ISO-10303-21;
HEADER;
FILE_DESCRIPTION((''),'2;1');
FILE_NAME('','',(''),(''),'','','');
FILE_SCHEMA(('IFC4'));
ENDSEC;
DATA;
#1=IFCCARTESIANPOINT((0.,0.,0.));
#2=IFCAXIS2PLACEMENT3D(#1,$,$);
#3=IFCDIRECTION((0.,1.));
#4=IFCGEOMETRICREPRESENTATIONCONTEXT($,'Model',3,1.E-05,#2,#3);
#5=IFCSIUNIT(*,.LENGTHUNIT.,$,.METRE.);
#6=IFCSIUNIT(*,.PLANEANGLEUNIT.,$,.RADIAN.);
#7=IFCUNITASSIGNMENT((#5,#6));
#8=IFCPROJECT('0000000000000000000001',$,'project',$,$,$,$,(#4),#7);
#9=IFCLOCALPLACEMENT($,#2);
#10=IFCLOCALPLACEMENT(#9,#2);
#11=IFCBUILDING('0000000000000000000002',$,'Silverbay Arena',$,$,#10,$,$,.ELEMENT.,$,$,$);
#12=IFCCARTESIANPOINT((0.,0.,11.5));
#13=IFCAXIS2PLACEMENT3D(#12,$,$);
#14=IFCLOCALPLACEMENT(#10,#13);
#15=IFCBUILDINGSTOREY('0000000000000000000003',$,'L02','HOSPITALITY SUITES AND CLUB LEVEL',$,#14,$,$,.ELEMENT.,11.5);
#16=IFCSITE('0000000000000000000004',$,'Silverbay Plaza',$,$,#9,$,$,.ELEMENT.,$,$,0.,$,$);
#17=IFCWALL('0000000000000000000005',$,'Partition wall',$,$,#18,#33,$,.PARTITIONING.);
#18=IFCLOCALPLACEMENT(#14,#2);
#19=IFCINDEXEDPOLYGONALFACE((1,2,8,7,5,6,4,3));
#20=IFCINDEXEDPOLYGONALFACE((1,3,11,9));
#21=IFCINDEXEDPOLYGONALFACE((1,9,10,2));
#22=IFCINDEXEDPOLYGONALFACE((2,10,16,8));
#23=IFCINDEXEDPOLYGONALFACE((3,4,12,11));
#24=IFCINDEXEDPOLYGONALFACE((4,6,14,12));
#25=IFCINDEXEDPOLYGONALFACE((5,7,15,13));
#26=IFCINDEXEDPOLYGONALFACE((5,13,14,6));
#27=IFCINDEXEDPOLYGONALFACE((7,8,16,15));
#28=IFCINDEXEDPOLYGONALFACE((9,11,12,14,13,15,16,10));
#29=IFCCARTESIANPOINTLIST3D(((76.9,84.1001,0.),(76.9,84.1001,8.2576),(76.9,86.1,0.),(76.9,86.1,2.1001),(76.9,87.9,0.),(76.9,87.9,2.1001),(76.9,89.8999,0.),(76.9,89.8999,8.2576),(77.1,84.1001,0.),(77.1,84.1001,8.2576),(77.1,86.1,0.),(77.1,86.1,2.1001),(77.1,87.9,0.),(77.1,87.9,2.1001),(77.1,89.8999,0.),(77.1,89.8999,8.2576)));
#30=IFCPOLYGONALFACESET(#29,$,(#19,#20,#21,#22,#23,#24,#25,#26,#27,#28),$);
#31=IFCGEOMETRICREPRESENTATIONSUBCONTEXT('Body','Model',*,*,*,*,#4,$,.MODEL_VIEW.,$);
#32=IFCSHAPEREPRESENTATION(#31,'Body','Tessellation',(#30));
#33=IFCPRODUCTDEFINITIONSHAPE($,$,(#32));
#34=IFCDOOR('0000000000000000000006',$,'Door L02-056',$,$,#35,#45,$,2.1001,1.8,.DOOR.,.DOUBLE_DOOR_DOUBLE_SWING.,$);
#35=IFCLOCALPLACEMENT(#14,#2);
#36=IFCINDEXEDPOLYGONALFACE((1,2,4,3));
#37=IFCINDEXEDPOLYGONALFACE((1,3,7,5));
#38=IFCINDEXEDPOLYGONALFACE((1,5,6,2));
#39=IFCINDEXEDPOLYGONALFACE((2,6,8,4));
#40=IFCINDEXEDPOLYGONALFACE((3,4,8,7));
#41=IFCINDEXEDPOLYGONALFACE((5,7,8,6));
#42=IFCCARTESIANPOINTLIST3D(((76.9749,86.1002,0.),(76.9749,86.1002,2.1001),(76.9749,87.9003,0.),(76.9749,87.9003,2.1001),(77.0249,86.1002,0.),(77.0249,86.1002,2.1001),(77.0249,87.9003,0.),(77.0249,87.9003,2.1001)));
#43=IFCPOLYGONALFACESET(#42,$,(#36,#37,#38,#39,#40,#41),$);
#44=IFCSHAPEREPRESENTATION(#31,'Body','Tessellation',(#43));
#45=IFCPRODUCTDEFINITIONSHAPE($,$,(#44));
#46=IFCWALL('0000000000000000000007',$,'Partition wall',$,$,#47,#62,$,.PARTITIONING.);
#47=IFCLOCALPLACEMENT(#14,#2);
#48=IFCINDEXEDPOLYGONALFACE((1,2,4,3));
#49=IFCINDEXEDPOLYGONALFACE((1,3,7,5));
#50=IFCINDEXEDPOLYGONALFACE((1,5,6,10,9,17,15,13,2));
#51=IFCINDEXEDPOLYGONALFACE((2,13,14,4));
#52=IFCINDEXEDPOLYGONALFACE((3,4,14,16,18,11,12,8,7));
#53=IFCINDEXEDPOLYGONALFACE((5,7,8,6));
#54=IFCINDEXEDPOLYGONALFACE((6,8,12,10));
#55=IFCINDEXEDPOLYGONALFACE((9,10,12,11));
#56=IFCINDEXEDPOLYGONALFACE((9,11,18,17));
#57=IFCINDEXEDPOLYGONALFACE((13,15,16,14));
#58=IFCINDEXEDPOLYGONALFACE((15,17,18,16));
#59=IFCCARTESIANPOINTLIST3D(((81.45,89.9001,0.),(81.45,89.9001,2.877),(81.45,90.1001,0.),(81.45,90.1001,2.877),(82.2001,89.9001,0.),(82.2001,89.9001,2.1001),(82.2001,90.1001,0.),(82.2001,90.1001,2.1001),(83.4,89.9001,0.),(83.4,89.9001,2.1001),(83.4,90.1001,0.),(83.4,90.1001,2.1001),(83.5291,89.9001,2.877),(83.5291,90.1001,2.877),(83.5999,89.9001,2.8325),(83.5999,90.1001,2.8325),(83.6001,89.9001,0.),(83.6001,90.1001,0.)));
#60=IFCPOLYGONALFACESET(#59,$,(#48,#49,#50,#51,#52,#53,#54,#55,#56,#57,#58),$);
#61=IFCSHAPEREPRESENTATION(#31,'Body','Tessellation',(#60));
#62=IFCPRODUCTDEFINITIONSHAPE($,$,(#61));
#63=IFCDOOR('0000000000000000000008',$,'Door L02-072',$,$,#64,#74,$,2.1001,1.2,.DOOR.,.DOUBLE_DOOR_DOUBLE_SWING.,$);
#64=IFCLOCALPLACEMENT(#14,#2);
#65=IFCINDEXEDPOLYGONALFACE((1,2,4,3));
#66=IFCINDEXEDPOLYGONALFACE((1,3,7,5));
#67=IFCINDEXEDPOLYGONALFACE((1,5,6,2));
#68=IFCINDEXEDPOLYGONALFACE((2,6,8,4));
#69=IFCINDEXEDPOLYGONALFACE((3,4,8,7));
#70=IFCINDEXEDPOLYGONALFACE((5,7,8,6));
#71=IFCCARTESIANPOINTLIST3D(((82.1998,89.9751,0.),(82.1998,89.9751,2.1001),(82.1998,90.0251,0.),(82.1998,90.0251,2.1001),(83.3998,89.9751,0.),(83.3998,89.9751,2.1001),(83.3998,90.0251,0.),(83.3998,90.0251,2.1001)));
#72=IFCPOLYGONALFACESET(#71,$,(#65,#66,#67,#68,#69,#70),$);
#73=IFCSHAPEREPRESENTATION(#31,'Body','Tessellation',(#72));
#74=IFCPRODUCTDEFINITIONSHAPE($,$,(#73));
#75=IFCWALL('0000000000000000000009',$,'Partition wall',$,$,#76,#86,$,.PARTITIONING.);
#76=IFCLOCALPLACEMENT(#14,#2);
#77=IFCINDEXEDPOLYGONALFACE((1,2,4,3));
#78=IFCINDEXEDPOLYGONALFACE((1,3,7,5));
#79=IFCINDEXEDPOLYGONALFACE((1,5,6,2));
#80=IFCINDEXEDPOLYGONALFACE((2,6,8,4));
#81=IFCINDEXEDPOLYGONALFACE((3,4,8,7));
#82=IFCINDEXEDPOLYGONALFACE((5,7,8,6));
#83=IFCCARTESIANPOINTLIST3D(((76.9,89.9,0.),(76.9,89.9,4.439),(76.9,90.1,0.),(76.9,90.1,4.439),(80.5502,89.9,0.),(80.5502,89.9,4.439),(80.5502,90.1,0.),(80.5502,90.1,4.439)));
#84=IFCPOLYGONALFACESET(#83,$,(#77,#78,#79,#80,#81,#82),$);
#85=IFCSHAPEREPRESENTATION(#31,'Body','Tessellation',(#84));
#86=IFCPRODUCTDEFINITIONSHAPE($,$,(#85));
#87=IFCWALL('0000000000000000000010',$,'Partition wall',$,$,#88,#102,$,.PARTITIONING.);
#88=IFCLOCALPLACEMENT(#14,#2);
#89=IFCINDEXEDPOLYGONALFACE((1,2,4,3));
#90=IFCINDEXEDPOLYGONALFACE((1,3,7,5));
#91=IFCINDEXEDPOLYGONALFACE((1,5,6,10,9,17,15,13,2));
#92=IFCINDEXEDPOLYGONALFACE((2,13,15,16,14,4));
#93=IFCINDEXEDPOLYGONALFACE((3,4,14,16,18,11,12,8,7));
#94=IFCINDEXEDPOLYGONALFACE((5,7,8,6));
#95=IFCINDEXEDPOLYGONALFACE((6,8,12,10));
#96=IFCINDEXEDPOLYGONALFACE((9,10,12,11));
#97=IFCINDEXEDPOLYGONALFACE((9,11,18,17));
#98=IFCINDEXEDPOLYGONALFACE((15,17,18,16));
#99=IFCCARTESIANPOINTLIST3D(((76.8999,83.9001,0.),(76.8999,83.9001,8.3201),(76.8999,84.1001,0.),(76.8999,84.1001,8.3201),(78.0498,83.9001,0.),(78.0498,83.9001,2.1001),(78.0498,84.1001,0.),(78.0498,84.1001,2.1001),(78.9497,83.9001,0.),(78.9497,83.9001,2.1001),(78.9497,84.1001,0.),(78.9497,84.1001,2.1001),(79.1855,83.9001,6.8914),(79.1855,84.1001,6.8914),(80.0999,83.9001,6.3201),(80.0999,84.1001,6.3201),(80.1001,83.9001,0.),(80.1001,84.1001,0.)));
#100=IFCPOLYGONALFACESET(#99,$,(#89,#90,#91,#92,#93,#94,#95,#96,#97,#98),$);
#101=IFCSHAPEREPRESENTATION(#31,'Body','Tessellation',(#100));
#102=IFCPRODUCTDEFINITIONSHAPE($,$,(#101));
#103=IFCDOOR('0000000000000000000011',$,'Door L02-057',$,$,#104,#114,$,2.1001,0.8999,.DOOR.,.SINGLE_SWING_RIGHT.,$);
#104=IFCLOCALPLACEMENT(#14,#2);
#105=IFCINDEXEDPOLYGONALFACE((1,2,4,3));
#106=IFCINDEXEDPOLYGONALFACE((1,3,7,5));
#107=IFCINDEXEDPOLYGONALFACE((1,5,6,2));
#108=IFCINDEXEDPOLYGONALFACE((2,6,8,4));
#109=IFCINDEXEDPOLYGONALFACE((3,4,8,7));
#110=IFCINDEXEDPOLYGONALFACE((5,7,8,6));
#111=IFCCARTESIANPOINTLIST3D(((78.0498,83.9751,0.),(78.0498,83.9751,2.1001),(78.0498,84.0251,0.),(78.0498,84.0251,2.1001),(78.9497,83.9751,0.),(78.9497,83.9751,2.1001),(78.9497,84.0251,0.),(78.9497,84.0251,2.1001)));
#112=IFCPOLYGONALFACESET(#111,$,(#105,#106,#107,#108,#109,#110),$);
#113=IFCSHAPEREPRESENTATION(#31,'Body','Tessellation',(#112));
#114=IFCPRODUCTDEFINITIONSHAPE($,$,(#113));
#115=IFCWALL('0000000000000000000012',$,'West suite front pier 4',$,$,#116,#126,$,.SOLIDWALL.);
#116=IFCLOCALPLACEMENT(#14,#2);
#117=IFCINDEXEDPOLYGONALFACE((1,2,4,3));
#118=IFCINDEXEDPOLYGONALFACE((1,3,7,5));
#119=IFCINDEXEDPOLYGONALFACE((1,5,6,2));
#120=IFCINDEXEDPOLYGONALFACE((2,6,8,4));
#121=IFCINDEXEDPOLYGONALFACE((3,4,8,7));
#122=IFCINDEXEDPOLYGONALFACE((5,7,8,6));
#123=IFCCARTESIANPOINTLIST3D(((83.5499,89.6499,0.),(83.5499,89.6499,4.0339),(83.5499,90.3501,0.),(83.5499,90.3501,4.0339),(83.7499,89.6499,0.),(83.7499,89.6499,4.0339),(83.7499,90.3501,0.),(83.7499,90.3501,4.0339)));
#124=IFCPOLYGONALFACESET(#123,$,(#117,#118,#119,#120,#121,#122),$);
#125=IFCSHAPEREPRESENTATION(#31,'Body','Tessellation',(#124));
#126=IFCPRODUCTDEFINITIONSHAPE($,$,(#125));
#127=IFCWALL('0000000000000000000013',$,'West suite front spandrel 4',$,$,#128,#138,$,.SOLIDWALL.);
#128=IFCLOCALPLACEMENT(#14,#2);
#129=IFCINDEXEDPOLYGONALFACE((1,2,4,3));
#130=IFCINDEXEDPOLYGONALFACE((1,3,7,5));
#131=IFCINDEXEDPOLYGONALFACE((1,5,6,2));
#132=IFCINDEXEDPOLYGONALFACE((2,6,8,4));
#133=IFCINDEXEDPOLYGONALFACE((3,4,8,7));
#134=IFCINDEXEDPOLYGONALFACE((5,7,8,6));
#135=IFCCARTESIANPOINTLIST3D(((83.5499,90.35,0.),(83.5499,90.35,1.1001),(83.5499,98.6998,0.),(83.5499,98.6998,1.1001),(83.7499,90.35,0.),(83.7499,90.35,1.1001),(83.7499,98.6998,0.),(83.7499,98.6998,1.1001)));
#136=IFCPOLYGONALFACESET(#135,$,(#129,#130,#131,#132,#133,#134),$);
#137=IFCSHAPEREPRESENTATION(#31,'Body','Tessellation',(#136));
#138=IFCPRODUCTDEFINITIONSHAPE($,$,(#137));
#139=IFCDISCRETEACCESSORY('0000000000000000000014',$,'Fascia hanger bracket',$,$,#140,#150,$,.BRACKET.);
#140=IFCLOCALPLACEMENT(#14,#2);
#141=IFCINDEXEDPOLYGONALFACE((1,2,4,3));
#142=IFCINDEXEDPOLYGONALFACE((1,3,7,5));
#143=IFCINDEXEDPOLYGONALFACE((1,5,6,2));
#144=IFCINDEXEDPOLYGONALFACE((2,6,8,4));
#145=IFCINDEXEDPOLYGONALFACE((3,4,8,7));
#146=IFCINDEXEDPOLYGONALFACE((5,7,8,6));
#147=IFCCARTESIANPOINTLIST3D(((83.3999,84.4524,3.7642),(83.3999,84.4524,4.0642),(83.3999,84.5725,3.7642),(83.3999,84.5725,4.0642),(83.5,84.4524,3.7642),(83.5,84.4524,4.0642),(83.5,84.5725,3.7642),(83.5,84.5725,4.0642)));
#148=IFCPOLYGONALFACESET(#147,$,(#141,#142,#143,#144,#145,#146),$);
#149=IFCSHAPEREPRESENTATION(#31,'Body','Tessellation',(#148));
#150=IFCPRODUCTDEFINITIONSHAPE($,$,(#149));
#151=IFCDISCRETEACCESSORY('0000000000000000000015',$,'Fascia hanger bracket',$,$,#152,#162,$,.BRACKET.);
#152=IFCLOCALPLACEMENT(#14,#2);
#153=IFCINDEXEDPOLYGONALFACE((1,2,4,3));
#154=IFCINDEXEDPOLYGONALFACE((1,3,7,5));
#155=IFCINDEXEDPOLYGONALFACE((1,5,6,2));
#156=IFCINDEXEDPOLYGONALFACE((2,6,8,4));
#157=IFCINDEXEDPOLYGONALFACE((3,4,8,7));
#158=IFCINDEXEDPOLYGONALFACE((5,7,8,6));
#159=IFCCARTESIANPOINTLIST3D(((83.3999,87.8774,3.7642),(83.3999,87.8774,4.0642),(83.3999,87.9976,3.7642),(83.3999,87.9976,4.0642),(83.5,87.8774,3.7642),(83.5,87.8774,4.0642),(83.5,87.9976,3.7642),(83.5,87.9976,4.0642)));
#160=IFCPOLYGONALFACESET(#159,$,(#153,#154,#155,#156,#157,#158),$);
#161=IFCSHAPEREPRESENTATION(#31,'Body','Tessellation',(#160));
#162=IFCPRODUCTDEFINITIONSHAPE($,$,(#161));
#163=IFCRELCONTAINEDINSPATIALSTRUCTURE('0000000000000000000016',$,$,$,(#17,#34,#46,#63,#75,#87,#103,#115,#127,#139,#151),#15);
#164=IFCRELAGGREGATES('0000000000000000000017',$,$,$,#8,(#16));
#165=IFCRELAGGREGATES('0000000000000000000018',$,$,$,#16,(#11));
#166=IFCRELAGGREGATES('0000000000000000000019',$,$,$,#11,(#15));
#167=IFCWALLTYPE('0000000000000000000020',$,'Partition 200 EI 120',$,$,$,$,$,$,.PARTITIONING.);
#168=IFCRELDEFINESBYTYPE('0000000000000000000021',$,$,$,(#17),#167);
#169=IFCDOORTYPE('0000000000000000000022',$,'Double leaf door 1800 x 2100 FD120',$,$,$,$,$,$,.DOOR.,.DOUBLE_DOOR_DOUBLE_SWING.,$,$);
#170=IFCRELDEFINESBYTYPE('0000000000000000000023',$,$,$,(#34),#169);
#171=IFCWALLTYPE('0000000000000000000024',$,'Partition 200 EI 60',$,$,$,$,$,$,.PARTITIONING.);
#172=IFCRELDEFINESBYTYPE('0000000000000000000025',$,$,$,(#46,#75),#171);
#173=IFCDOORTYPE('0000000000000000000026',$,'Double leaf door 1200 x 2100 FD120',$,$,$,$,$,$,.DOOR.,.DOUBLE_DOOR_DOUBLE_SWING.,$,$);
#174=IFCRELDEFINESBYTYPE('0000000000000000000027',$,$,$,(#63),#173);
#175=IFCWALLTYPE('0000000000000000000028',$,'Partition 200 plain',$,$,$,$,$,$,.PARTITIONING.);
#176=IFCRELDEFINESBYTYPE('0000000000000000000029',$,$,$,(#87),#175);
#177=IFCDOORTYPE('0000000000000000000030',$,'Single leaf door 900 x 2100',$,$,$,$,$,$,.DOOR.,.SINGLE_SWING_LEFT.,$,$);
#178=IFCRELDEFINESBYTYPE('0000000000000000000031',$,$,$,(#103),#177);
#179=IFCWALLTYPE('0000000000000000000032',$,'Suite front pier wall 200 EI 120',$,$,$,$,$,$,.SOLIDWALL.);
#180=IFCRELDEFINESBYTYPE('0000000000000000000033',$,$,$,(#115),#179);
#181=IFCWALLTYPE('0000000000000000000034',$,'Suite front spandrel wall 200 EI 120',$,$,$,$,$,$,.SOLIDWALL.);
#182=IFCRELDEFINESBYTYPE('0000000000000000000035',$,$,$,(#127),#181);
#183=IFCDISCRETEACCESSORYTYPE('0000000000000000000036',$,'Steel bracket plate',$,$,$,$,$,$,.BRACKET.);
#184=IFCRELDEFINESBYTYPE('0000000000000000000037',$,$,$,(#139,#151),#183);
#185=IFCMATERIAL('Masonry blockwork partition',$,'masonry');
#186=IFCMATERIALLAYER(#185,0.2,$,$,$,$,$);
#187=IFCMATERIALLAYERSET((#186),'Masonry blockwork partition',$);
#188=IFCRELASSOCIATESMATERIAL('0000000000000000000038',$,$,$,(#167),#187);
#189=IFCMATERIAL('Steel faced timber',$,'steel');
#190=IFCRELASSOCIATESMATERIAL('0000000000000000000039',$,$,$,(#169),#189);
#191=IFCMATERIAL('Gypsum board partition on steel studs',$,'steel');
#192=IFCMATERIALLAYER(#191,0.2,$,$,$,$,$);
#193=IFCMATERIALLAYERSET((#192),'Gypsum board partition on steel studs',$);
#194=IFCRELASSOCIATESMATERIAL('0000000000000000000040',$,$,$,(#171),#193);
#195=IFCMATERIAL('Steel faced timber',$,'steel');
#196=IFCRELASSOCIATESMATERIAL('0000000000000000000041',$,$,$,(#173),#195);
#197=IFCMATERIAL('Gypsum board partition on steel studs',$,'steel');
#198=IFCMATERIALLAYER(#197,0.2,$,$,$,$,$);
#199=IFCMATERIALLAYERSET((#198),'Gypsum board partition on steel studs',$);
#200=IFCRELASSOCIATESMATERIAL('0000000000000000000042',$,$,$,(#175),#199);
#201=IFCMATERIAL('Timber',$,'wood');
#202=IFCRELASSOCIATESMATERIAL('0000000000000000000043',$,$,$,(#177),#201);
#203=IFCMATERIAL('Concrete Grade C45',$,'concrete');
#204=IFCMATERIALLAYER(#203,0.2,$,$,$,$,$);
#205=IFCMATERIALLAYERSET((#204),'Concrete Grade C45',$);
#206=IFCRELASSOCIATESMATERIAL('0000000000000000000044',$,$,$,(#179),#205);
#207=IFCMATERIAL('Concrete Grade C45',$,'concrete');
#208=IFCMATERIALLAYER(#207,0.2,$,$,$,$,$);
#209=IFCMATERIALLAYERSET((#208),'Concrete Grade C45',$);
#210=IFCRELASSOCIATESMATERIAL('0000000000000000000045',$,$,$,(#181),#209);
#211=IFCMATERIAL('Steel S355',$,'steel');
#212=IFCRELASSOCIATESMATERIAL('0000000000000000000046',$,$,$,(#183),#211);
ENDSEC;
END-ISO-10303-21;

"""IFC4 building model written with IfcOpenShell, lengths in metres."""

from ifc_helpers import new_model, si_unit, direction, frame, frame_2d, origin, origin_2d, place, context, subcontext, project, spatial, polyline, rectangle, outline, extrude, material, layer, layer_set, type_object, element, fill, save


model = new_model("IFC4")

# Units and contexts
model_context = context("Model", 3, precision=1e-05, world=origin(), true_north=direction((0.0, 1.0)))
body_context = subcontext(model_context, "Body", "Model", "MODEL_VIEW")
ifc_project = project(units=[si_unit("LENGTHUNIT", "METRE"), si_unit("PLANEANGLEUNIT", "RADIAN")], contexts=[model_context])

# Site, building, storey
site_placement = place(None, origin())
site = spatial("IfcSite", under=ifc_project, at=site_placement, Name="Silverbay Plaza", CompositionType="ELEMENT", RefElevation=0.0)
building_placement = place(site_placement, origin())
building = spatial("IfcBuilding", under=site, at=building_placement, Name="Silverbay Arena", CompositionType="ELEMENT")
storey_placement = place(building_placement, frame((0.0, 0.0, 11.5)))
storey = spatial("IfcBuildingStorey", under=building, at=storey_placement, Name="L02", Description="HOSPITALITY SUITES AND CLUB LEVEL", CompositionType="ELEMENT", Elevation=11.5)

# Walls, openings, doors
ifc_material_1 = material(Name="Masonry blockwork partition", Category="masonry")
ifc_layer_1 = layer(ifc_material_1, 0.2)
ifc_layer_set_1 = layer_set([ifc_layer_1], Name="Masonry blockwork partition")
wall_type_1 = type_object("IfcWallType", Name="Partition 200 EI 120", PredefinedType="PARTITIONING", material=ifc_layer_set_1)
wall_1_placement = place(storey_placement, frame((77.0, 84.1001, 0.0), z_axis=(0.0, 0.0, 1.0), x_axis=(0.0, 1.0, 0.0)))
wall_1 = element("IfcWall", 1, at=wall_1_placement, inside=storey, type_object=wall_type_1, Name="Partition wall", PredefinedType="PARTITIONING", context=body_context, shape_type="SweptSolid", body=[
    extrude(rectangle(XDim=5.7998, YDim=0.2, at=frame_2d((2.8999, 0.0))), origin(), (0.0, 0.0, 1.0), 8.2576),
])
opening_1_placement = place(wall_1_placement, frame((2.0, 0.0, 0.0)))
opening_1 = element("IfcOpeningElement", 2, at=opening_1_placement, cuts=wall_1, PredefinedType="OPENING", context=body_context, shape_type="SweptSolid", body=[
    extrude(rectangle(XDim=1.8, YDim=2.1001, at=frame_2d((0.8999, 1.05))), frame((0.0, 0.1099, 0.0), z_axis=(0.0, -1.0, 0.0), x_axis=(1.0, 0.0, 0.0)), (0.0, 0.0, 1.0), 0.22),
])
ifc_material_2 = material(Name="Steel faced timber", Category="steel")
door_type_1 = type_object("IfcDoorType", Name="Double leaf door 1800 x 2100 FD120", OperationType="DOUBLE_DOOR_DOUBLE_SWING", PredefinedType="DOOR", material=ifc_material_2)
door_1_placement = place(opening_1_placement, frame((1.8, 0.0, 0.0), z_axis=(0.0, 0.0, 1.0), x_axis=(-1.0, 0.0, 0.0)))
door_1 = element("IfcDoor", 3, at=door_1_placement, inside=storey, type_object=door_type_1, Name="Door L02-056", OperationType="DOUBLE_DOOR_DOUBLE_SWING", OverallHeight=2.1001, OverallWidth=1.8, PredefinedType="DOOR", context=body_context, shape_type="SweptSolid", body=[
    extrude(rectangle(XDim=1.8, YDim=2.1001, at=frame_2d((0.8999, 1.05))), frame((0.0, 0.0249, 0.0), z_axis=(0.0, -1.0, 0.0), x_axis=(1.0, 0.0, 0.0)), (0.0, 0.0, 1.0), 0.05),
])
fill(opening_1, door_1)
ifc_material_3 = material(Name="Gypsum board partition on steel studs", Category="steel")
ifc_layer_2 = layer(ifc_material_3, 0.2)
ifc_layer_set_2 = layer_set([ifc_layer_2], Name="Gypsum board partition on steel studs")
wall_type_2 = type_object("IfcWallType", Name="Partition 200 EI 60", PredefinedType="PARTITIONING", material=ifc_layer_set_2)
wall_2_placement = place(storey_placement, frame((81.45, 90.0, 0.0), z_axis=(0.0, 0.0, 1.0), x_axis=(1.0, 0.0, 0.0)))
wall_2 = element("IfcWall", 4, at=wall_2_placement, inside=storey, type_object=wall_type_2, Name="Partition wall", PredefinedType="PARTITIONING", context=body_context, shape_type="SweptSolid", body=[
    extrude(outline(polyline([(0.0, 0.0), (2.1501, 0.0), (2.1499, 2.8325), (2.0791, 2.877), (0.0, 2.877), (0.0, 0.0)])), frame((0.0, 0.1001, 0.0), z_axis=(0.0, -1.0, 0.0), x_axis=(1.0, 0.0, 0.0)), (0.0, 0.0, 1.0), 0.2),
])
opening_2_placement = place(wall_2_placement, frame((0.75, 0.0, 0.0)))
opening_2 = element("IfcOpeningElement", 5, at=opening_2_placement, cuts=wall_2, PredefinedType="OPENING", context=body_context, shape_type="SweptSolid", body=[
    extrude(rectangle(XDim=1.2, YDim=2.1001, at=frame_2d((0.6001, 1.05))), frame((0.0, 0.1099, 0.0), z_axis=(0.0, -1.0, 0.0), x_axis=(1.0, 0.0, 0.0)), (0.0, 0.0, 1.0), 0.22),
])
ifc_material_4 = material(Name="Steel faced timber", Category="steel")
door_type_2 = type_object("IfcDoorType", Name="Double leaf door 1200 x 2100 FD120", OperationType="DOUBLE_DOOR_DOUBLE_SWING", PredefinedType="DOOR", material=ifc_material_4)
door_2_placement = place(opening_2_placement, frame((1.2, 0.0, 0.0), z_axis=(0.0, 0.0, 1.0), x_axis=(-1.0, 0.0, 0.0)))
door_2 = element("IfcDoor", 6, at=door_2_placement, inside=storey, type_object=door_type_2, Name="Door L02-072", OperationType="DOUBLE_DOOR_DOUBLE_SWING", OverallHeight=2.1001, OverallWidth=1.2, PredefinedType="DOOR", context=body_context, shape_type="SweptSolid", body=[
    extrude(rectangle(XDim=1.2, YDim=2.1001, at=frame_2d((0.6001, 1.05))), frame((0.0, 0.0249, 0.0), z_axis=(0.0, -1.0, 0.0), x_axis=(1.0, 0.0, 0.0)), (0.0, 0.0, 1.0), 0.05),
])
fill(opening_2, door_2)

# Wall
wall_3_placement = place(storey_placement, frame((76.8999, 90.0, 0.0), z_axis=(0.0, 0.0, 1.0), x_axis=(1.0, 0.0, 0.0)))
element("IfcWall", 7, at=wall_3_placement, inside=storey, type_object=wall_type_2, Name="Partition wall", PredefinedType="PARTITIONING", context=body_context, shape_type="SweptSolid", body=[
    extrude(rectangle(XDim=3.6501, YDim=0.2, at=frame_2d((1.8252, 0.0))), origin(), (0.0, 0.0, 1.0), 4.439),
])

# Wall, opening, door
ifc_material_5 = material(Name="Gypsum board partition on steel studs", Category="steel")
ifc_layer_3 = layer(ifc_material_5, 0.2)
ifc_layer_set_3 = layer_set([ifc_layer_3], Name="Gypsum board partition on steel studs")
wall_type_3 = type_object("IfcWallType", Name="Partition 200 plain", PredefinedType="PARTITIONING", material=ifc_layer_set_3)
wall_4_placement = place(storey_placement, frame((76.8999, 84.0, 0.0), z_axis=(0.0, 0.0, 1.0), x_axis=(1.0, 0.0, 0.0)))
wall_4 = element("IfcWall", 8, at=wall_4_placement, inside=storey, type_object=wall_type_3, Name="Partition wall", PredefinedType="PARTITIONING", context=body_context, shape_type="SweptSolid", body=[
    extrude(outline(polyline([(0.0, 0.0), (3.2002, 0.0), (3.2, 6.3201), (2.2856, 6.8914), (0.0, 8.3201), (0.0, 0.0)])), frame((0.0, 0.1001, 0.0), z_axis=(0.0, -1.0, 0.0), x_axis=(1.0, 0.0, 0.0)), (0.0, 0.0, 1.0), 0.2),
])
opening_3_placement = place(wall_4_placement, frame((1.1499, 0.0, 0.0)))
opening_3 = element("IfcOpeningElement", 9, at=opening_3_placement, cuts=wall_4, PredefinedType="OPENING", context=body_context, shape_type="SweptSolid", body=[
    extrude(rectangle(XDim=0.8999, YDim=2.1001, at=frame_2d((0.45, 1.05))), frame((0.0, 0.1099, 0.0), z_axis=(0.0, -1.0, 0.0), x_axis=(1.0, 0.0, 0.0)), (0.0, 0.0, 1.0), 0.22),
])
ifc_material_6 = material(Name="Timber", Category="wood")
door_type_3 = type_object("IfcDoorType", Name="Single leaf door 900 x 2100", OperationType="SINGLE_SWING_LEFT", PredefinedType="DOOR", material=ifc_material_6)
door_3_placement = place(opening_3_placement, frame((0.8999, 0.0, 0.0), z_axis=(0.0, 0.0, 1.0), x_axis=(-1.0, 0.0, 0.0)))
door_3 = element("IfcDoor", 10, at=door_3_placement, inside=storey, type_object=door_type_3, Name="Door L02-057", OperationType="SINGLE_SWING_RIGHT", OverallHeight=2.1001, OverallWidth=0.8999, PredefinedType="DOOR", context=body_context, shape_type="SweptSolid", body=[
    extrude(rectangle(XDim=0.8999, YDim=2.1001, at=frame_2d((0.45, 1.05))), frame((0.0, 0.0249, 0.0), z_axis=(0.0, -1.0, 0.0), x_axis=(1.0, 0.0, 0.0)), (0.0, 0.0, 1.0), 0.05),
])
fill(opening_3, door_3)

# Walls
ifc_material_7 = material(Name="Concrete Grade C45", Category="concrete")
ifc_layer_4 = layer(ifc_material_7, 0.2)
ifc_layer_set_4 = layer_set([ifc_layer_4], Name="Concrete Grade C45")
wall_type_4 = type_object("IfcWallType", Name="Suite front pier wall 200 EI 120", PredefinedType="SOLIDWALL", material=ifc_layer_set_4)
wall_5_placement = place(storey_placement, frame((83.6499, 89.6499, 0.0), z_axis=(0.0, 0.0, 1.0), x_axis=(0.0, 1.0, 0.0)))
element("IfcWall", 11, at=wall_5_placement, inside=storey, type_object=wall_type_4, Name="West suite front pier 4", PredefinedType="SOLIDWALL", context=body_context, shape_type="SweptSolid", body=[
    extrude(rectangle(XDim=0.7002, YDim=0.2, at=frame_2d((0.3501, 0.0))), origin(), (0.0, 0.0, 1.0), 4.0339),
])
ifc_material_8 = material(Name="Concrete Grade C45", Category="concrete")
ifc_layer_5 = layer(ifc_material_8, 0.2)
ifc_layer_set_5 = layer_set([ifc_layer_5], Name="Concrete Grade C45")
wall_type_5 = type_object("IfcWallType", Name="Suite front spandrel wall 200 EI 120", PredefinedType="SOLIDWALL", material=ifc_layer_set_5)
wall_6_placement = place(storey_placement, frame((83.6499, 90.3501, 0.0), z_axis=(0.0, 0.0, 1.0), x_axis=(0.0, 1.0, 0.0)))
element("IfcWall", 12, at=wall_6_placement, inside=storey, type_object=wall_type_5, Name="West suite front spandrel 4", PredefinedType="SOLIDWALL", context=body_context, shape_type="SweptSolid", body=[
    extrude(rectangle(XDim=8.3499, YDim=0.2, at=frame_2d((4.1748, 0.0))), origin(), (0.0, 0.0, 1.0), 1.1001),
])

# Discrete accessories
ifc_material_9 = material(Name="Steel S355", Category="steel")
discrete_accessory_type = type_object("IfcDiscreteAccessoryType", Name="Steel bracket plate", PredefinedType="BRACKET", material=ifc_material_9)
for number, where, z_axis, x_axis, name in (
    (13, (83.45, 84.5125, 3.7642), (0.0, 0.0, 1.0), (0.0, 1.0, 0.0), "Fascia hanger bracket"),
    (14, (83.45, 87.9375, 3.7642), (0.0, 0.0, 1.0), (0.0, 1.0, 0.0), "Fascia hanger bracket"),
):
    element("IfcDiscreteAccessory", number, at=place(storey_placement, frame(where, z_axis=z_axis, x_axis=x_axis)), inside=storey, type_object=discrete_accessory_type, Name=name, PredefinedType="BRACKET", context=body_context, shape_type="SweptSolid", body=[
        extrude(rectangle(XDim=0.1201, YDim=0.1001, at=origin_2d()), origin(), (0.0, 0.0, 1.0), 0.3),
    ])

save(model, "model.ifc")
